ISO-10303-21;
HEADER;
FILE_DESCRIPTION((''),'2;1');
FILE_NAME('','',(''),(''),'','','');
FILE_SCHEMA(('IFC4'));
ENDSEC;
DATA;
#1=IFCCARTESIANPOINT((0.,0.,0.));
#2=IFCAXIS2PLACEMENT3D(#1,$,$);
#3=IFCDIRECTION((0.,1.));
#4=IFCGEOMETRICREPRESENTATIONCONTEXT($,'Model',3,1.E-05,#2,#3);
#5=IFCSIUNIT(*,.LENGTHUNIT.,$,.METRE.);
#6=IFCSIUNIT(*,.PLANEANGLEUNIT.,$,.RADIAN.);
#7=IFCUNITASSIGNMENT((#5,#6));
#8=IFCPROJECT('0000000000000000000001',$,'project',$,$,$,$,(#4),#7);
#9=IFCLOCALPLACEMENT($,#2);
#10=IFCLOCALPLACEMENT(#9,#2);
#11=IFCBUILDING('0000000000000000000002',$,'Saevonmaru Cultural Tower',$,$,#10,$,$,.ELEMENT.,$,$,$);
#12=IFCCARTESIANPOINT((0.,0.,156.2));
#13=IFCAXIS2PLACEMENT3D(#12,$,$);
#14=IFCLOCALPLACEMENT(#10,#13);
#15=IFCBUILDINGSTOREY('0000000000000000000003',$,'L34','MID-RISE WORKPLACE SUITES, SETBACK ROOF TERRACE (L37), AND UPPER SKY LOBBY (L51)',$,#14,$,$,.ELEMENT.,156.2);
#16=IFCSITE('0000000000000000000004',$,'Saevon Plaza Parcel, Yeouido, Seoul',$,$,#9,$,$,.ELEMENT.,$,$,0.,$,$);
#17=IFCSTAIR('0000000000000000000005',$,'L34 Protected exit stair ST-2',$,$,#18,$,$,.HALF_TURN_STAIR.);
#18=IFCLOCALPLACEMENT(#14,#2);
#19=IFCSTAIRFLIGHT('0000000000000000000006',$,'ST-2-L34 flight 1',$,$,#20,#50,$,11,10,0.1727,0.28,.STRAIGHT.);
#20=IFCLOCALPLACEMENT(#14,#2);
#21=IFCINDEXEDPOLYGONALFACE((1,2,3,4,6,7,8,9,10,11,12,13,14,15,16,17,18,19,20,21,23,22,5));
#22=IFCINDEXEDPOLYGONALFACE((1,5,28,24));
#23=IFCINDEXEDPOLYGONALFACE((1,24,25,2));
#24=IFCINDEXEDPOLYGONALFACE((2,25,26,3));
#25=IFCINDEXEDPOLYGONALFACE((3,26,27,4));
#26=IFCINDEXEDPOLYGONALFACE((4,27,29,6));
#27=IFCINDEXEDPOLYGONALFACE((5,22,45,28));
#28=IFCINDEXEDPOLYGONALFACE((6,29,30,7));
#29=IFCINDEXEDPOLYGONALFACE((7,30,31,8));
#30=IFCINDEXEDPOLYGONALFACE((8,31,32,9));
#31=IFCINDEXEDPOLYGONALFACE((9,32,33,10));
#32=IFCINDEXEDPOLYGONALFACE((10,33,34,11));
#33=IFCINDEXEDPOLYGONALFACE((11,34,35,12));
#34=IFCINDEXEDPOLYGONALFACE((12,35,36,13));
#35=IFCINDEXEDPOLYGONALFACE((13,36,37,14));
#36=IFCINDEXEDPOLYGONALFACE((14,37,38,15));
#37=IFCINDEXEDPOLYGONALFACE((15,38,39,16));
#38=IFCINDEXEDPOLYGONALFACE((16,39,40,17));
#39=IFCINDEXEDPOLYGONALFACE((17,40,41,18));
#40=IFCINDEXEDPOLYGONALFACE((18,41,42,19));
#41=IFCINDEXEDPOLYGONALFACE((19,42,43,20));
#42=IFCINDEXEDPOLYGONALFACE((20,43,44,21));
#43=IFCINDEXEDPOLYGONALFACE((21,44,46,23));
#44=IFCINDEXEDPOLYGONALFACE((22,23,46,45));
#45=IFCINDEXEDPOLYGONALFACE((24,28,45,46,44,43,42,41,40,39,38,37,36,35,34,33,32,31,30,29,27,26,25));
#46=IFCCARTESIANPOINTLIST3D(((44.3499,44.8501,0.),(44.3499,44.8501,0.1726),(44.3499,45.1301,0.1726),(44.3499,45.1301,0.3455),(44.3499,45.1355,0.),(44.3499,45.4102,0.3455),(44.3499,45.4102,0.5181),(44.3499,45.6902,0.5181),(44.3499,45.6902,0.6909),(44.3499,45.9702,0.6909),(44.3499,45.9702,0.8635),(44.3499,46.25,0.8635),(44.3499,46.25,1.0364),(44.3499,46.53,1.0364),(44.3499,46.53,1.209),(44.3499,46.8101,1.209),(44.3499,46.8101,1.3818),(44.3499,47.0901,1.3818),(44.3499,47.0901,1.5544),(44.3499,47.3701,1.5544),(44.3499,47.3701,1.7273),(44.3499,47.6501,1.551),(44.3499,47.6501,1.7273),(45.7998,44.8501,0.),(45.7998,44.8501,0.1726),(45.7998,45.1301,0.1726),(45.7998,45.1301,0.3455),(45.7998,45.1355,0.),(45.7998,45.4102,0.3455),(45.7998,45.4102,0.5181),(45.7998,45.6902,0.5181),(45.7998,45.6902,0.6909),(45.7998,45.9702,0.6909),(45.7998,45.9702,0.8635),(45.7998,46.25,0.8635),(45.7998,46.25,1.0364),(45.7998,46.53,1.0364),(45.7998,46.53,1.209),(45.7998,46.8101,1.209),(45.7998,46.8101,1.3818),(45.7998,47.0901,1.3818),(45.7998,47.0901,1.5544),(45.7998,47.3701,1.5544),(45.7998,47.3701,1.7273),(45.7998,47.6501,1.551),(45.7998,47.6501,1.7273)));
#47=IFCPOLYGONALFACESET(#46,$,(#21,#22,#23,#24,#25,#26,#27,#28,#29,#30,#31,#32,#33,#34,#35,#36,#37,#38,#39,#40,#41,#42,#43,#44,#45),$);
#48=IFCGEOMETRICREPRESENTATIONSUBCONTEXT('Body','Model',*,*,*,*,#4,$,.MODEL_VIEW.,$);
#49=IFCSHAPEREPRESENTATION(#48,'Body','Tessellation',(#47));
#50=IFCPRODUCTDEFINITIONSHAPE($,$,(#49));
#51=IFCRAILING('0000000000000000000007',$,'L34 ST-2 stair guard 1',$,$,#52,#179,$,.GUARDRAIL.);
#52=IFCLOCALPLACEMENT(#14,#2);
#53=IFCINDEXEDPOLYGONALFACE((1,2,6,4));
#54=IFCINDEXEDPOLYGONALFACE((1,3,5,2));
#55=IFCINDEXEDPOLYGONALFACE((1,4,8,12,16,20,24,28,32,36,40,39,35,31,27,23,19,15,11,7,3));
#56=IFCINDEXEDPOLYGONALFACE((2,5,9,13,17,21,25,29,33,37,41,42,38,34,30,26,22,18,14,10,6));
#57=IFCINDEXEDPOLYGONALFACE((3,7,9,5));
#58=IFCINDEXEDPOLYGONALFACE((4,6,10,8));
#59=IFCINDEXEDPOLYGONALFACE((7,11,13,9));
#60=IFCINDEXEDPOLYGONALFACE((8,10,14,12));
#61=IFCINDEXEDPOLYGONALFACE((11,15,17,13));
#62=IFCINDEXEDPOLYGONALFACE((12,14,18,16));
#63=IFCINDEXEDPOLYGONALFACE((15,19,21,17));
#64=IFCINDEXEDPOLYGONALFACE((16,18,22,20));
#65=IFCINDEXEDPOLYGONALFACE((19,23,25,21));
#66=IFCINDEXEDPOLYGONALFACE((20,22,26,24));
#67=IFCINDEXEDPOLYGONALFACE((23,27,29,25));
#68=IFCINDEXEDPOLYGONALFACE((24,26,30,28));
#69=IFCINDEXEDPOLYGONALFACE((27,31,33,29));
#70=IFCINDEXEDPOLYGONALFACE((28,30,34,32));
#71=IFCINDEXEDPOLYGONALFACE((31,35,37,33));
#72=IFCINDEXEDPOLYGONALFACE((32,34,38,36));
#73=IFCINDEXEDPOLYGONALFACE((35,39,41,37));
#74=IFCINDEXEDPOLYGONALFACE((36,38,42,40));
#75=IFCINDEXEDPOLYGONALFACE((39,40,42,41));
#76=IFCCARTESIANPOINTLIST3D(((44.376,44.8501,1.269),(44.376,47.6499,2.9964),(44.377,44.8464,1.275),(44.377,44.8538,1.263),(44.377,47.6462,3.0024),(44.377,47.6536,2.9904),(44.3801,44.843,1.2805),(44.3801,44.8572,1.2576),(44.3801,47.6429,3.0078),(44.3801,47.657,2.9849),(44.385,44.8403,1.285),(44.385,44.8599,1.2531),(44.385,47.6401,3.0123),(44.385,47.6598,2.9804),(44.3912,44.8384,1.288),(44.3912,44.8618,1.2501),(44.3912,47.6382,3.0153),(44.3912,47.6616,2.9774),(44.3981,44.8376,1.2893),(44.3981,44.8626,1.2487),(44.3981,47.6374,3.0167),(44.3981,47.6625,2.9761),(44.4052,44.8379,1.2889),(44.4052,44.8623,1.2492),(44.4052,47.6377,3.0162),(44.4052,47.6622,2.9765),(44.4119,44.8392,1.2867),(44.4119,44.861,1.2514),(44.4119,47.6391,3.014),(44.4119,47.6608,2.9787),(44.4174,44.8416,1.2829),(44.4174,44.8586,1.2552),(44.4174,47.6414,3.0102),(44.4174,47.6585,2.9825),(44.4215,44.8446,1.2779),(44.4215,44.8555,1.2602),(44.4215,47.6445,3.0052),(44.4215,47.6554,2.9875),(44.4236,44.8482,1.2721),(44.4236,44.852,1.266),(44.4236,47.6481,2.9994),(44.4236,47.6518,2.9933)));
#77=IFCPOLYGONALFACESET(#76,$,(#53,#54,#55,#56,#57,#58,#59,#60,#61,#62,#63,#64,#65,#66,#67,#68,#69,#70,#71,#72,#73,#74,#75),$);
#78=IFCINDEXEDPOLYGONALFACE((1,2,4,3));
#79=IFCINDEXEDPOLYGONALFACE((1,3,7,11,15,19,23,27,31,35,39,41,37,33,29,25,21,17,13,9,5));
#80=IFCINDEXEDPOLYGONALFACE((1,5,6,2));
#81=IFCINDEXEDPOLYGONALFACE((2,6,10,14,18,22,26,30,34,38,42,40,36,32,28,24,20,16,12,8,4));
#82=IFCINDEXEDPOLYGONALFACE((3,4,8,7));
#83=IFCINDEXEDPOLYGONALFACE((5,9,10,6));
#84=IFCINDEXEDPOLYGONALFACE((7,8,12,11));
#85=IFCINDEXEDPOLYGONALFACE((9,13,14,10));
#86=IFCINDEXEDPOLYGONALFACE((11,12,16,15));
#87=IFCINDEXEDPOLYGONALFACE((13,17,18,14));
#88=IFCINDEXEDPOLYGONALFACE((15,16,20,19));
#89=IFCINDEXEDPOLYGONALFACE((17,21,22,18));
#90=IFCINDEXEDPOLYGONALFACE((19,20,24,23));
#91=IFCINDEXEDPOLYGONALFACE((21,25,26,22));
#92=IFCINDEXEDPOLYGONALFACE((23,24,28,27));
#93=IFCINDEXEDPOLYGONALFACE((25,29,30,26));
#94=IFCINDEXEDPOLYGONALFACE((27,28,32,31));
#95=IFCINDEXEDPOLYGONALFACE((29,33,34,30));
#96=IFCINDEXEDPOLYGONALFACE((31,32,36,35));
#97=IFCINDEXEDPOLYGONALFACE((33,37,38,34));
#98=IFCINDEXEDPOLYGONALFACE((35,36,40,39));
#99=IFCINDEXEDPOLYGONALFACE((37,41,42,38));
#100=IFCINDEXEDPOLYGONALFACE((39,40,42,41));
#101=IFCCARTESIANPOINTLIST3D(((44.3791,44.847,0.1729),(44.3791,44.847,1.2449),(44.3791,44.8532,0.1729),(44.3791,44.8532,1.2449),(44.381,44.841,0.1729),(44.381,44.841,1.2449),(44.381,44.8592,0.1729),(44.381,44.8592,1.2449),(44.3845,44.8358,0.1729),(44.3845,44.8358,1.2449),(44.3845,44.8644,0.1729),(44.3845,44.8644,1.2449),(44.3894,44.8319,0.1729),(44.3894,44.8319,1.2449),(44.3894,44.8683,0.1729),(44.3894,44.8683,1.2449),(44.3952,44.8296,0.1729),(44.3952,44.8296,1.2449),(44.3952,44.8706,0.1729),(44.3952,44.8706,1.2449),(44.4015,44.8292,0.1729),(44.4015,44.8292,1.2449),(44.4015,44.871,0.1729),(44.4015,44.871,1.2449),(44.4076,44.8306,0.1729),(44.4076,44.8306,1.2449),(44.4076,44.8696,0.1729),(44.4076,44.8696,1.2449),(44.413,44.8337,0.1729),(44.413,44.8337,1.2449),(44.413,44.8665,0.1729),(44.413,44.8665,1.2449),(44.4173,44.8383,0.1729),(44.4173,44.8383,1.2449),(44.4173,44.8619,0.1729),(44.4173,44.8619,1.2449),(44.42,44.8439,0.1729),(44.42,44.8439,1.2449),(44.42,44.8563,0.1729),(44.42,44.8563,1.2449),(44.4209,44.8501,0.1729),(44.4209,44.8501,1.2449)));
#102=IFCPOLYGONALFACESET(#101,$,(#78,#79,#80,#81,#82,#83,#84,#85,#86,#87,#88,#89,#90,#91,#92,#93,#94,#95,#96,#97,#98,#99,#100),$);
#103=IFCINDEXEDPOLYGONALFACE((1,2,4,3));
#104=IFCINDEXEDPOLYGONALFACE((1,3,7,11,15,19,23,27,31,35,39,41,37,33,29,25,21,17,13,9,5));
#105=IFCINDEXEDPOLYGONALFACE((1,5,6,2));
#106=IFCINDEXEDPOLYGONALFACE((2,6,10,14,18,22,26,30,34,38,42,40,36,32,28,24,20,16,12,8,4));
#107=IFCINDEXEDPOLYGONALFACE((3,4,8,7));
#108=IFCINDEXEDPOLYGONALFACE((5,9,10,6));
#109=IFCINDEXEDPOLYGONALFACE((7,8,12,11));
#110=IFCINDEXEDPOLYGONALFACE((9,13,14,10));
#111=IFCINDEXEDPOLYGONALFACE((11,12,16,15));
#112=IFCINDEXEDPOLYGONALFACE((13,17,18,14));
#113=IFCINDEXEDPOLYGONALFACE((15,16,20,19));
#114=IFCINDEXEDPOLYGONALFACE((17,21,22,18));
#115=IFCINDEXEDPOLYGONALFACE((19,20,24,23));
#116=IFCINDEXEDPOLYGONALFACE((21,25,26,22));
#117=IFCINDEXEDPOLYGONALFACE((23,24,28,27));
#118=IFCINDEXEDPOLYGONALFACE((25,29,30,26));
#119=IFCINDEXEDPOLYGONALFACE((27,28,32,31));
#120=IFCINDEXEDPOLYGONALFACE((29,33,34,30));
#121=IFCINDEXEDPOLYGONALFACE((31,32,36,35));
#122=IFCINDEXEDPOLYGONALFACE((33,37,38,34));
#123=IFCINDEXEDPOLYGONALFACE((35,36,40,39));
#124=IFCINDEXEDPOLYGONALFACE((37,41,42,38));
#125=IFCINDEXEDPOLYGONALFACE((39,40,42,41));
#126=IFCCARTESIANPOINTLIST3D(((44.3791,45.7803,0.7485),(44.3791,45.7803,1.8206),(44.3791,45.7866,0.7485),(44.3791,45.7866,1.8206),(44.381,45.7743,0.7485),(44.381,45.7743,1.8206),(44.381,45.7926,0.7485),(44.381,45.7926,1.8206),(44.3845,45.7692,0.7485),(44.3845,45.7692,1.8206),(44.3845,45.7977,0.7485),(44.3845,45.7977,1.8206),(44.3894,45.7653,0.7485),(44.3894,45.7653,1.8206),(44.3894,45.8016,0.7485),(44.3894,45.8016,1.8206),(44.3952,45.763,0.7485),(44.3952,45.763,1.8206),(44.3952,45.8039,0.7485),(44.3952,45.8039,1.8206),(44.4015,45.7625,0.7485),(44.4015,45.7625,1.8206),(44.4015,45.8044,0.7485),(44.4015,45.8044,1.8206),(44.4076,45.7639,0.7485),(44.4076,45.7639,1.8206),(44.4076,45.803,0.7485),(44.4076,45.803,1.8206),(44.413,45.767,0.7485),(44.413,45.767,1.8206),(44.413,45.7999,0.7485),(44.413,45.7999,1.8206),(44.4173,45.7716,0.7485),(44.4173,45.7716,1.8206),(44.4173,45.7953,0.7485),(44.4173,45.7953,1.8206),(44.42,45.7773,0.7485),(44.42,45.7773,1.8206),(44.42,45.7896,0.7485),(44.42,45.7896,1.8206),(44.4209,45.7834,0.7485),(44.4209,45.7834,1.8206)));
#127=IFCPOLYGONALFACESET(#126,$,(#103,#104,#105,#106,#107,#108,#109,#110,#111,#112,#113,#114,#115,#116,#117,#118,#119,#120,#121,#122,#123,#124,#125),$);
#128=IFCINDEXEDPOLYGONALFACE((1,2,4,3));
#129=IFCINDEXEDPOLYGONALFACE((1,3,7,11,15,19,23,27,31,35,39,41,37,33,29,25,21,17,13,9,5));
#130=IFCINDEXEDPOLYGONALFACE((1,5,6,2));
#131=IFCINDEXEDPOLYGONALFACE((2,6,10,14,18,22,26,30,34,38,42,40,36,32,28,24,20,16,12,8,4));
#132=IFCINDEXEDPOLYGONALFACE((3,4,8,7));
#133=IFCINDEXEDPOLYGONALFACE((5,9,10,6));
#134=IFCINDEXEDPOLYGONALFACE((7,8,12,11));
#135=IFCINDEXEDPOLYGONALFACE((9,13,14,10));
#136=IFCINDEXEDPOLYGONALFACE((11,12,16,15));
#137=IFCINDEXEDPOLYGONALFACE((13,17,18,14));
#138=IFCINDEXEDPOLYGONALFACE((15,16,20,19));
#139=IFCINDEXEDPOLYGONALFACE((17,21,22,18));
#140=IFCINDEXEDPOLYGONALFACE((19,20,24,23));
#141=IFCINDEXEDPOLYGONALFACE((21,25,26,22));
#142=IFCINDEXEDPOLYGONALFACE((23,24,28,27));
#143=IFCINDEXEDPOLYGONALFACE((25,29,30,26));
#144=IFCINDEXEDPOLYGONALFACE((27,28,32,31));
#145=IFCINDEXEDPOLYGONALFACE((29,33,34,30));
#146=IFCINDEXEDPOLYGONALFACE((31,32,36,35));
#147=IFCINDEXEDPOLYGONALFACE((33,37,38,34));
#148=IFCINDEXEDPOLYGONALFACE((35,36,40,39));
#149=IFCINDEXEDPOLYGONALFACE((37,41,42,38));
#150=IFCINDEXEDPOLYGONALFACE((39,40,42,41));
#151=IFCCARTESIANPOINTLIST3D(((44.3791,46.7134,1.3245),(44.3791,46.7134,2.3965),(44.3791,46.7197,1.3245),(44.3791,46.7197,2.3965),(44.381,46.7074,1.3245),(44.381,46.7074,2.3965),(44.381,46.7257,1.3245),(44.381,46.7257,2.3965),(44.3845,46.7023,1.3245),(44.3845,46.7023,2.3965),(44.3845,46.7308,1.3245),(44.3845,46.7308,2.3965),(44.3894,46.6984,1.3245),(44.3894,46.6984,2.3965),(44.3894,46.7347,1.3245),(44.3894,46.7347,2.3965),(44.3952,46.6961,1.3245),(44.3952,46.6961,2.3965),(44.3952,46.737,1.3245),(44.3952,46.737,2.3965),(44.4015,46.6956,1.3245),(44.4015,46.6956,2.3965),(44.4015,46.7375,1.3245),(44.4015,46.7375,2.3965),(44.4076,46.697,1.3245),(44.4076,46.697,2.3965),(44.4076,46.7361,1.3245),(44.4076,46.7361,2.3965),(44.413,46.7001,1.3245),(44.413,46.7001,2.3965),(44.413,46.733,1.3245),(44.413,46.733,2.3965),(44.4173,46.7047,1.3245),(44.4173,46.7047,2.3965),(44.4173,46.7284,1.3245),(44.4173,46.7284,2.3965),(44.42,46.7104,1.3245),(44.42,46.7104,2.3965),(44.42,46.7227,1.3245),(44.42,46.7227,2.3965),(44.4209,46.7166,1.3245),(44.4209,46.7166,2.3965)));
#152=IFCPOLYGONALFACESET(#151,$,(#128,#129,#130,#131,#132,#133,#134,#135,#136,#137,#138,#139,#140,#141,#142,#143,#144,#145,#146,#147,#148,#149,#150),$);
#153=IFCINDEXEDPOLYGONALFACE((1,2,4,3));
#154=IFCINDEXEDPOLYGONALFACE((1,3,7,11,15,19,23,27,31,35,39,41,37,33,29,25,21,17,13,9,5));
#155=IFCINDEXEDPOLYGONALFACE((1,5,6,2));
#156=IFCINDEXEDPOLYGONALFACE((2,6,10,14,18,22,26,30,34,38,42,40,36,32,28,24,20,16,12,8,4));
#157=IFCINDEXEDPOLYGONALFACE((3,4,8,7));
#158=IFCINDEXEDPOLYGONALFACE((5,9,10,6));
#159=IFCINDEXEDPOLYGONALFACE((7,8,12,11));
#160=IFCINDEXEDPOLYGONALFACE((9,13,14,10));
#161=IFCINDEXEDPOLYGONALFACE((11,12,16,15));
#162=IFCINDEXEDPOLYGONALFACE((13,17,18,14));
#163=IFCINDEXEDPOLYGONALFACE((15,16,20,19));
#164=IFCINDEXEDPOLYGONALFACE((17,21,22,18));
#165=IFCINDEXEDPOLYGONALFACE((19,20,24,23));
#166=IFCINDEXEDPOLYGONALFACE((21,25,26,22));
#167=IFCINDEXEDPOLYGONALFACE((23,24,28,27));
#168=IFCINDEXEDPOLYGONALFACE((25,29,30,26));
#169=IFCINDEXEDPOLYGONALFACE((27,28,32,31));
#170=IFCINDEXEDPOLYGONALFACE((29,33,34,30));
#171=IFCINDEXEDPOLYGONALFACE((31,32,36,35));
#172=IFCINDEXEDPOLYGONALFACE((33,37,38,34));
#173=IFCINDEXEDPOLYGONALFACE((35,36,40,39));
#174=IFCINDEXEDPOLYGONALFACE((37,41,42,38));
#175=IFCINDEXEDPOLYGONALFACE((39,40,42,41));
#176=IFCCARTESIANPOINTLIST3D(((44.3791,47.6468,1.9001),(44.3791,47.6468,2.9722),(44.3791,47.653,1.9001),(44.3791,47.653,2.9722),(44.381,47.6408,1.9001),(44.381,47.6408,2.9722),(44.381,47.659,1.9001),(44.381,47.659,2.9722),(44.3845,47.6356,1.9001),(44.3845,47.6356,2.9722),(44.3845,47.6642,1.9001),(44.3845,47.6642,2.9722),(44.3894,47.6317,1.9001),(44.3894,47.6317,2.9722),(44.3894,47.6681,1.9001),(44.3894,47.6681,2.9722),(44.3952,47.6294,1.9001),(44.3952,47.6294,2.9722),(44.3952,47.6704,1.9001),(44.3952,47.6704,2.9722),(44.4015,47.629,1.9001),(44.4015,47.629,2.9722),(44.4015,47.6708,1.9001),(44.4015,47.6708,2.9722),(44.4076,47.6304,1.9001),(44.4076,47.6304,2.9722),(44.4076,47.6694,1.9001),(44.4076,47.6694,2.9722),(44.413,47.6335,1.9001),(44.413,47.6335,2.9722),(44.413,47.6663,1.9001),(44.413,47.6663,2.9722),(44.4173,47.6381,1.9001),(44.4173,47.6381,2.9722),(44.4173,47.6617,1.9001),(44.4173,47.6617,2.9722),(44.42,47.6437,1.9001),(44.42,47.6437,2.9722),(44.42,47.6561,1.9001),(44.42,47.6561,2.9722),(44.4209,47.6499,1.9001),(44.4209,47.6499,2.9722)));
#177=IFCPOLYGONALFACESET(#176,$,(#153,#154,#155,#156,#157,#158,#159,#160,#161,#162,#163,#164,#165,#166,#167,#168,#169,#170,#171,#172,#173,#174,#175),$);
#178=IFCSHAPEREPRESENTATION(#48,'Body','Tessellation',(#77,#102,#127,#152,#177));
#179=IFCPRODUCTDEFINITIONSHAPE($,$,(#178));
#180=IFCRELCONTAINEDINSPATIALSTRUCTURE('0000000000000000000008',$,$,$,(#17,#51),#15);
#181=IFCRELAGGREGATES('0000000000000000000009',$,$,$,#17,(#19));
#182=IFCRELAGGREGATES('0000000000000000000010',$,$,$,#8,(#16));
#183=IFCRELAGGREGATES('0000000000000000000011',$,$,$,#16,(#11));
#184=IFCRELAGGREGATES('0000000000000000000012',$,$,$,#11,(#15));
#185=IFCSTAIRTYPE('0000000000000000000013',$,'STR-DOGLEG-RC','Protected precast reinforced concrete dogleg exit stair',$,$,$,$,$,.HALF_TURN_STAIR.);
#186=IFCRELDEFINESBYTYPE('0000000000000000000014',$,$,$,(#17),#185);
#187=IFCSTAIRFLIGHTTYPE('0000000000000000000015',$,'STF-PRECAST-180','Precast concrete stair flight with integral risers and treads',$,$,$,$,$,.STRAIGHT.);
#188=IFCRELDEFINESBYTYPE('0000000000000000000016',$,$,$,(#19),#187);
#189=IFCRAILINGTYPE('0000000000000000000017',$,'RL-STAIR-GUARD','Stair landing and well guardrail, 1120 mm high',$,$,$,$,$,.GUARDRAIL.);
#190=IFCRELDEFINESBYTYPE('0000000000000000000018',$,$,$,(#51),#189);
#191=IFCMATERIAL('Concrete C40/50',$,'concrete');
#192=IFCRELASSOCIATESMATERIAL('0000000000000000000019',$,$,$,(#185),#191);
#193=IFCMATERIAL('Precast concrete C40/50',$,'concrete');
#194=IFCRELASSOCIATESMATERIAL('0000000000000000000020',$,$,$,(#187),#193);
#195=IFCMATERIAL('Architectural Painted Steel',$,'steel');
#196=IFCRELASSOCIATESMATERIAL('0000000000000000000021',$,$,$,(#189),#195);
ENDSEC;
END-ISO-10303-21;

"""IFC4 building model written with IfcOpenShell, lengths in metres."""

from ifc_helpers import new_model, si_unit, direction, frame, origin, origin_2d, place, context, subcontext, project, spatial, polyline, circle, outline, extrude, material, type_object, element, aggregate, save


model = new_model("IFC4")

# Units and contexts
model_context = context("Model", 3, precision=1e-05, world=origin(), true_north=direction((0.0, 1.0)))
body_context = subcontext(model_context, "Body", "Model", "MODEL_VIEW")
ifc_project = project(units=[si_unit("LENGTHUNIT", "METRE"), si_unit("PLANEANGLEUNIT", "RADIAN")], contexts=[model_context])

# Site, building, storey
site_placement = place(None, origin())
site = spatial("IfcSite", under=ifc_project, at=site_placement, Name="Saevon Plaza Parcel, Yeouido, Seoul", CompositionType="ELEMENT", RefElevation=0.0)
building_placement = place(site_placement, origin())
building = spatial("IfcBuilding", under=site, at=building_placement, Name="Saevonmaru Cultural Tower", CompositionType="ELEMENT")
storey_placement = place(building_placement, frame((0.0, 0.0, 156.2)))
storey = spatial("IfcBuildingStorey", under=building, at=storey_placement, Name="L34", Description="MID-RISE WORKPLACE SUITES, SETBACK ROOF TERRACE (L37), AND UPPER SKY LOBBY (L51)", CompositionType="ELEMENT", Elevation=156.2)

# Stair, stair flight
ifc_material_1 = material(Name="Concrete C40/50", Category="concrete")
stair_type = type_object("IfcStairType", Name="STR-DOGLEG-RC", Description="Protected precast reinforced concrete dogleg exit stair", PredefinedType="HALF_TURN_STAIR", material=ifc_material_1)
stair_placement = place(storey_placement, origin())
stair = element("IfcStair", 1, at=stair_placement, inside=storey, type_object=stair_type, Name="L34 Protected exit stair ST-2", PredefinedType="HALF_TURN_STAIR")
ifc_material_2 = material(Name="Precast concrete C40/50", Category="concrete")
stair_flight_type = type_object("IfcStairFlightType", Name="STF-PRECAST-180", Description="Precast concrete stair flight with integral risers and treads", PredefinedType="STRAIGHT", material=ifc_material_2)
stair_flight_placement = place(storey_placement, frame((45.075, 44.8501, 0.0), z_axis=(0.0, 0.0, 1.0), x_axis=(0.0, 1.0, 0.0)))
stair_flight = element("IfcStairFlight", 2, at=stair_flight_placement, type_object=stair_flight_type, Name="ST-2-L34 flight 1", NumberOfRisers=11, NumberOfTreads=10, PredefinedType="STRAIGHT", RiserHeight=0.1727, TreadLength=0.28, context=body_context, shape_type="SweptSolid", body=[
    extrude(outline(polyline([(0.0, 0.0), (0.0, 0.1726), (0.28, 0.1726), (0.28, 0.3455), (0.5601, 0.3455), (0.5601, 0.5181), (0.8401, 0.5181), (0.8401, 0.6909), (1.1201, 0.6909), (1.1201, 0.8635), (1.3999, 0.8635), (1.3999, 1.0364), (1.6799, 1.0364), (1.6799, 1.209), (1.96, 1.209), (1.96, 1.3818), (2.24, 1.3818), (2.24, 1.5544), (2.52, 1.5544), (2.52, 1.7273), (2.8, 1.7273), (2.8, 1.8999), (2.8, 1.551), (0.2854, 0.0), (0.0, 0.0)])), frame((0.0, 0.7251, 0.0), z_axis=(0.0, -1.0, 0.0), x_axis=(1.0, 0.0, 0.0)), (0.0, 0.0, 1.0), 1.45),
])
aggregate(stair, [stair_flight])

# Railing
ifc_material_3 = material(Name="Architectural Painted Steel", Category="steel")
railing_type_1 = type_object("IfcRailingType", Name="RL-STAIR-GUARD", Description="Stair landing and well guardrail, 1120 mm high", PredefinedType="GUARDRAIL", material=ifc_material_3)
railing_1_placement = place(storey_placement, frame((44.3999, 44.8501, 0.1729)))
element("IfcRailing", 3, at=railing_1_placement, inside=storey, type_object=railing_type_1, Name="L34 ST-2 stair guard 1", PredefinedType="GUARDRAIL", context=body_context, shape_type="SweptSolid", body=[
    extrude(circle(Radius=0.0239, at=origin_2d()), frame((0.0, 0.0, 1.0962), z_axis=(0.0, 0.851069, 0.525054), x_axis=(-1.0, 0.0, 0.0)), (0.0, 0.0, 1.0), 3.2898),
    extrude(circle(Radius=0.021, at=origin_2d()), origin(), (0.0, 0.0, 1.0), 1.072),
    extrude(circle(Radius=0.021, at=origin_2d()), frame((0.0, 0.9333, 0.5757)), (0.0, 0.0, 1.0), 1.072),
    extrude(circle(Radius=0.021, at=origin_2d()), frame((0.0, 1.8665, 1.1516)), (0.0, 0.0, 1.0), 1.072),
    extrude(circle(Radius=0.021, at=origin_2d()), frame((0.0, 2.7998, 1.7273)), (0.0, 0.0, 1.0), 1.072),
])

save(model, "model.ifc")
